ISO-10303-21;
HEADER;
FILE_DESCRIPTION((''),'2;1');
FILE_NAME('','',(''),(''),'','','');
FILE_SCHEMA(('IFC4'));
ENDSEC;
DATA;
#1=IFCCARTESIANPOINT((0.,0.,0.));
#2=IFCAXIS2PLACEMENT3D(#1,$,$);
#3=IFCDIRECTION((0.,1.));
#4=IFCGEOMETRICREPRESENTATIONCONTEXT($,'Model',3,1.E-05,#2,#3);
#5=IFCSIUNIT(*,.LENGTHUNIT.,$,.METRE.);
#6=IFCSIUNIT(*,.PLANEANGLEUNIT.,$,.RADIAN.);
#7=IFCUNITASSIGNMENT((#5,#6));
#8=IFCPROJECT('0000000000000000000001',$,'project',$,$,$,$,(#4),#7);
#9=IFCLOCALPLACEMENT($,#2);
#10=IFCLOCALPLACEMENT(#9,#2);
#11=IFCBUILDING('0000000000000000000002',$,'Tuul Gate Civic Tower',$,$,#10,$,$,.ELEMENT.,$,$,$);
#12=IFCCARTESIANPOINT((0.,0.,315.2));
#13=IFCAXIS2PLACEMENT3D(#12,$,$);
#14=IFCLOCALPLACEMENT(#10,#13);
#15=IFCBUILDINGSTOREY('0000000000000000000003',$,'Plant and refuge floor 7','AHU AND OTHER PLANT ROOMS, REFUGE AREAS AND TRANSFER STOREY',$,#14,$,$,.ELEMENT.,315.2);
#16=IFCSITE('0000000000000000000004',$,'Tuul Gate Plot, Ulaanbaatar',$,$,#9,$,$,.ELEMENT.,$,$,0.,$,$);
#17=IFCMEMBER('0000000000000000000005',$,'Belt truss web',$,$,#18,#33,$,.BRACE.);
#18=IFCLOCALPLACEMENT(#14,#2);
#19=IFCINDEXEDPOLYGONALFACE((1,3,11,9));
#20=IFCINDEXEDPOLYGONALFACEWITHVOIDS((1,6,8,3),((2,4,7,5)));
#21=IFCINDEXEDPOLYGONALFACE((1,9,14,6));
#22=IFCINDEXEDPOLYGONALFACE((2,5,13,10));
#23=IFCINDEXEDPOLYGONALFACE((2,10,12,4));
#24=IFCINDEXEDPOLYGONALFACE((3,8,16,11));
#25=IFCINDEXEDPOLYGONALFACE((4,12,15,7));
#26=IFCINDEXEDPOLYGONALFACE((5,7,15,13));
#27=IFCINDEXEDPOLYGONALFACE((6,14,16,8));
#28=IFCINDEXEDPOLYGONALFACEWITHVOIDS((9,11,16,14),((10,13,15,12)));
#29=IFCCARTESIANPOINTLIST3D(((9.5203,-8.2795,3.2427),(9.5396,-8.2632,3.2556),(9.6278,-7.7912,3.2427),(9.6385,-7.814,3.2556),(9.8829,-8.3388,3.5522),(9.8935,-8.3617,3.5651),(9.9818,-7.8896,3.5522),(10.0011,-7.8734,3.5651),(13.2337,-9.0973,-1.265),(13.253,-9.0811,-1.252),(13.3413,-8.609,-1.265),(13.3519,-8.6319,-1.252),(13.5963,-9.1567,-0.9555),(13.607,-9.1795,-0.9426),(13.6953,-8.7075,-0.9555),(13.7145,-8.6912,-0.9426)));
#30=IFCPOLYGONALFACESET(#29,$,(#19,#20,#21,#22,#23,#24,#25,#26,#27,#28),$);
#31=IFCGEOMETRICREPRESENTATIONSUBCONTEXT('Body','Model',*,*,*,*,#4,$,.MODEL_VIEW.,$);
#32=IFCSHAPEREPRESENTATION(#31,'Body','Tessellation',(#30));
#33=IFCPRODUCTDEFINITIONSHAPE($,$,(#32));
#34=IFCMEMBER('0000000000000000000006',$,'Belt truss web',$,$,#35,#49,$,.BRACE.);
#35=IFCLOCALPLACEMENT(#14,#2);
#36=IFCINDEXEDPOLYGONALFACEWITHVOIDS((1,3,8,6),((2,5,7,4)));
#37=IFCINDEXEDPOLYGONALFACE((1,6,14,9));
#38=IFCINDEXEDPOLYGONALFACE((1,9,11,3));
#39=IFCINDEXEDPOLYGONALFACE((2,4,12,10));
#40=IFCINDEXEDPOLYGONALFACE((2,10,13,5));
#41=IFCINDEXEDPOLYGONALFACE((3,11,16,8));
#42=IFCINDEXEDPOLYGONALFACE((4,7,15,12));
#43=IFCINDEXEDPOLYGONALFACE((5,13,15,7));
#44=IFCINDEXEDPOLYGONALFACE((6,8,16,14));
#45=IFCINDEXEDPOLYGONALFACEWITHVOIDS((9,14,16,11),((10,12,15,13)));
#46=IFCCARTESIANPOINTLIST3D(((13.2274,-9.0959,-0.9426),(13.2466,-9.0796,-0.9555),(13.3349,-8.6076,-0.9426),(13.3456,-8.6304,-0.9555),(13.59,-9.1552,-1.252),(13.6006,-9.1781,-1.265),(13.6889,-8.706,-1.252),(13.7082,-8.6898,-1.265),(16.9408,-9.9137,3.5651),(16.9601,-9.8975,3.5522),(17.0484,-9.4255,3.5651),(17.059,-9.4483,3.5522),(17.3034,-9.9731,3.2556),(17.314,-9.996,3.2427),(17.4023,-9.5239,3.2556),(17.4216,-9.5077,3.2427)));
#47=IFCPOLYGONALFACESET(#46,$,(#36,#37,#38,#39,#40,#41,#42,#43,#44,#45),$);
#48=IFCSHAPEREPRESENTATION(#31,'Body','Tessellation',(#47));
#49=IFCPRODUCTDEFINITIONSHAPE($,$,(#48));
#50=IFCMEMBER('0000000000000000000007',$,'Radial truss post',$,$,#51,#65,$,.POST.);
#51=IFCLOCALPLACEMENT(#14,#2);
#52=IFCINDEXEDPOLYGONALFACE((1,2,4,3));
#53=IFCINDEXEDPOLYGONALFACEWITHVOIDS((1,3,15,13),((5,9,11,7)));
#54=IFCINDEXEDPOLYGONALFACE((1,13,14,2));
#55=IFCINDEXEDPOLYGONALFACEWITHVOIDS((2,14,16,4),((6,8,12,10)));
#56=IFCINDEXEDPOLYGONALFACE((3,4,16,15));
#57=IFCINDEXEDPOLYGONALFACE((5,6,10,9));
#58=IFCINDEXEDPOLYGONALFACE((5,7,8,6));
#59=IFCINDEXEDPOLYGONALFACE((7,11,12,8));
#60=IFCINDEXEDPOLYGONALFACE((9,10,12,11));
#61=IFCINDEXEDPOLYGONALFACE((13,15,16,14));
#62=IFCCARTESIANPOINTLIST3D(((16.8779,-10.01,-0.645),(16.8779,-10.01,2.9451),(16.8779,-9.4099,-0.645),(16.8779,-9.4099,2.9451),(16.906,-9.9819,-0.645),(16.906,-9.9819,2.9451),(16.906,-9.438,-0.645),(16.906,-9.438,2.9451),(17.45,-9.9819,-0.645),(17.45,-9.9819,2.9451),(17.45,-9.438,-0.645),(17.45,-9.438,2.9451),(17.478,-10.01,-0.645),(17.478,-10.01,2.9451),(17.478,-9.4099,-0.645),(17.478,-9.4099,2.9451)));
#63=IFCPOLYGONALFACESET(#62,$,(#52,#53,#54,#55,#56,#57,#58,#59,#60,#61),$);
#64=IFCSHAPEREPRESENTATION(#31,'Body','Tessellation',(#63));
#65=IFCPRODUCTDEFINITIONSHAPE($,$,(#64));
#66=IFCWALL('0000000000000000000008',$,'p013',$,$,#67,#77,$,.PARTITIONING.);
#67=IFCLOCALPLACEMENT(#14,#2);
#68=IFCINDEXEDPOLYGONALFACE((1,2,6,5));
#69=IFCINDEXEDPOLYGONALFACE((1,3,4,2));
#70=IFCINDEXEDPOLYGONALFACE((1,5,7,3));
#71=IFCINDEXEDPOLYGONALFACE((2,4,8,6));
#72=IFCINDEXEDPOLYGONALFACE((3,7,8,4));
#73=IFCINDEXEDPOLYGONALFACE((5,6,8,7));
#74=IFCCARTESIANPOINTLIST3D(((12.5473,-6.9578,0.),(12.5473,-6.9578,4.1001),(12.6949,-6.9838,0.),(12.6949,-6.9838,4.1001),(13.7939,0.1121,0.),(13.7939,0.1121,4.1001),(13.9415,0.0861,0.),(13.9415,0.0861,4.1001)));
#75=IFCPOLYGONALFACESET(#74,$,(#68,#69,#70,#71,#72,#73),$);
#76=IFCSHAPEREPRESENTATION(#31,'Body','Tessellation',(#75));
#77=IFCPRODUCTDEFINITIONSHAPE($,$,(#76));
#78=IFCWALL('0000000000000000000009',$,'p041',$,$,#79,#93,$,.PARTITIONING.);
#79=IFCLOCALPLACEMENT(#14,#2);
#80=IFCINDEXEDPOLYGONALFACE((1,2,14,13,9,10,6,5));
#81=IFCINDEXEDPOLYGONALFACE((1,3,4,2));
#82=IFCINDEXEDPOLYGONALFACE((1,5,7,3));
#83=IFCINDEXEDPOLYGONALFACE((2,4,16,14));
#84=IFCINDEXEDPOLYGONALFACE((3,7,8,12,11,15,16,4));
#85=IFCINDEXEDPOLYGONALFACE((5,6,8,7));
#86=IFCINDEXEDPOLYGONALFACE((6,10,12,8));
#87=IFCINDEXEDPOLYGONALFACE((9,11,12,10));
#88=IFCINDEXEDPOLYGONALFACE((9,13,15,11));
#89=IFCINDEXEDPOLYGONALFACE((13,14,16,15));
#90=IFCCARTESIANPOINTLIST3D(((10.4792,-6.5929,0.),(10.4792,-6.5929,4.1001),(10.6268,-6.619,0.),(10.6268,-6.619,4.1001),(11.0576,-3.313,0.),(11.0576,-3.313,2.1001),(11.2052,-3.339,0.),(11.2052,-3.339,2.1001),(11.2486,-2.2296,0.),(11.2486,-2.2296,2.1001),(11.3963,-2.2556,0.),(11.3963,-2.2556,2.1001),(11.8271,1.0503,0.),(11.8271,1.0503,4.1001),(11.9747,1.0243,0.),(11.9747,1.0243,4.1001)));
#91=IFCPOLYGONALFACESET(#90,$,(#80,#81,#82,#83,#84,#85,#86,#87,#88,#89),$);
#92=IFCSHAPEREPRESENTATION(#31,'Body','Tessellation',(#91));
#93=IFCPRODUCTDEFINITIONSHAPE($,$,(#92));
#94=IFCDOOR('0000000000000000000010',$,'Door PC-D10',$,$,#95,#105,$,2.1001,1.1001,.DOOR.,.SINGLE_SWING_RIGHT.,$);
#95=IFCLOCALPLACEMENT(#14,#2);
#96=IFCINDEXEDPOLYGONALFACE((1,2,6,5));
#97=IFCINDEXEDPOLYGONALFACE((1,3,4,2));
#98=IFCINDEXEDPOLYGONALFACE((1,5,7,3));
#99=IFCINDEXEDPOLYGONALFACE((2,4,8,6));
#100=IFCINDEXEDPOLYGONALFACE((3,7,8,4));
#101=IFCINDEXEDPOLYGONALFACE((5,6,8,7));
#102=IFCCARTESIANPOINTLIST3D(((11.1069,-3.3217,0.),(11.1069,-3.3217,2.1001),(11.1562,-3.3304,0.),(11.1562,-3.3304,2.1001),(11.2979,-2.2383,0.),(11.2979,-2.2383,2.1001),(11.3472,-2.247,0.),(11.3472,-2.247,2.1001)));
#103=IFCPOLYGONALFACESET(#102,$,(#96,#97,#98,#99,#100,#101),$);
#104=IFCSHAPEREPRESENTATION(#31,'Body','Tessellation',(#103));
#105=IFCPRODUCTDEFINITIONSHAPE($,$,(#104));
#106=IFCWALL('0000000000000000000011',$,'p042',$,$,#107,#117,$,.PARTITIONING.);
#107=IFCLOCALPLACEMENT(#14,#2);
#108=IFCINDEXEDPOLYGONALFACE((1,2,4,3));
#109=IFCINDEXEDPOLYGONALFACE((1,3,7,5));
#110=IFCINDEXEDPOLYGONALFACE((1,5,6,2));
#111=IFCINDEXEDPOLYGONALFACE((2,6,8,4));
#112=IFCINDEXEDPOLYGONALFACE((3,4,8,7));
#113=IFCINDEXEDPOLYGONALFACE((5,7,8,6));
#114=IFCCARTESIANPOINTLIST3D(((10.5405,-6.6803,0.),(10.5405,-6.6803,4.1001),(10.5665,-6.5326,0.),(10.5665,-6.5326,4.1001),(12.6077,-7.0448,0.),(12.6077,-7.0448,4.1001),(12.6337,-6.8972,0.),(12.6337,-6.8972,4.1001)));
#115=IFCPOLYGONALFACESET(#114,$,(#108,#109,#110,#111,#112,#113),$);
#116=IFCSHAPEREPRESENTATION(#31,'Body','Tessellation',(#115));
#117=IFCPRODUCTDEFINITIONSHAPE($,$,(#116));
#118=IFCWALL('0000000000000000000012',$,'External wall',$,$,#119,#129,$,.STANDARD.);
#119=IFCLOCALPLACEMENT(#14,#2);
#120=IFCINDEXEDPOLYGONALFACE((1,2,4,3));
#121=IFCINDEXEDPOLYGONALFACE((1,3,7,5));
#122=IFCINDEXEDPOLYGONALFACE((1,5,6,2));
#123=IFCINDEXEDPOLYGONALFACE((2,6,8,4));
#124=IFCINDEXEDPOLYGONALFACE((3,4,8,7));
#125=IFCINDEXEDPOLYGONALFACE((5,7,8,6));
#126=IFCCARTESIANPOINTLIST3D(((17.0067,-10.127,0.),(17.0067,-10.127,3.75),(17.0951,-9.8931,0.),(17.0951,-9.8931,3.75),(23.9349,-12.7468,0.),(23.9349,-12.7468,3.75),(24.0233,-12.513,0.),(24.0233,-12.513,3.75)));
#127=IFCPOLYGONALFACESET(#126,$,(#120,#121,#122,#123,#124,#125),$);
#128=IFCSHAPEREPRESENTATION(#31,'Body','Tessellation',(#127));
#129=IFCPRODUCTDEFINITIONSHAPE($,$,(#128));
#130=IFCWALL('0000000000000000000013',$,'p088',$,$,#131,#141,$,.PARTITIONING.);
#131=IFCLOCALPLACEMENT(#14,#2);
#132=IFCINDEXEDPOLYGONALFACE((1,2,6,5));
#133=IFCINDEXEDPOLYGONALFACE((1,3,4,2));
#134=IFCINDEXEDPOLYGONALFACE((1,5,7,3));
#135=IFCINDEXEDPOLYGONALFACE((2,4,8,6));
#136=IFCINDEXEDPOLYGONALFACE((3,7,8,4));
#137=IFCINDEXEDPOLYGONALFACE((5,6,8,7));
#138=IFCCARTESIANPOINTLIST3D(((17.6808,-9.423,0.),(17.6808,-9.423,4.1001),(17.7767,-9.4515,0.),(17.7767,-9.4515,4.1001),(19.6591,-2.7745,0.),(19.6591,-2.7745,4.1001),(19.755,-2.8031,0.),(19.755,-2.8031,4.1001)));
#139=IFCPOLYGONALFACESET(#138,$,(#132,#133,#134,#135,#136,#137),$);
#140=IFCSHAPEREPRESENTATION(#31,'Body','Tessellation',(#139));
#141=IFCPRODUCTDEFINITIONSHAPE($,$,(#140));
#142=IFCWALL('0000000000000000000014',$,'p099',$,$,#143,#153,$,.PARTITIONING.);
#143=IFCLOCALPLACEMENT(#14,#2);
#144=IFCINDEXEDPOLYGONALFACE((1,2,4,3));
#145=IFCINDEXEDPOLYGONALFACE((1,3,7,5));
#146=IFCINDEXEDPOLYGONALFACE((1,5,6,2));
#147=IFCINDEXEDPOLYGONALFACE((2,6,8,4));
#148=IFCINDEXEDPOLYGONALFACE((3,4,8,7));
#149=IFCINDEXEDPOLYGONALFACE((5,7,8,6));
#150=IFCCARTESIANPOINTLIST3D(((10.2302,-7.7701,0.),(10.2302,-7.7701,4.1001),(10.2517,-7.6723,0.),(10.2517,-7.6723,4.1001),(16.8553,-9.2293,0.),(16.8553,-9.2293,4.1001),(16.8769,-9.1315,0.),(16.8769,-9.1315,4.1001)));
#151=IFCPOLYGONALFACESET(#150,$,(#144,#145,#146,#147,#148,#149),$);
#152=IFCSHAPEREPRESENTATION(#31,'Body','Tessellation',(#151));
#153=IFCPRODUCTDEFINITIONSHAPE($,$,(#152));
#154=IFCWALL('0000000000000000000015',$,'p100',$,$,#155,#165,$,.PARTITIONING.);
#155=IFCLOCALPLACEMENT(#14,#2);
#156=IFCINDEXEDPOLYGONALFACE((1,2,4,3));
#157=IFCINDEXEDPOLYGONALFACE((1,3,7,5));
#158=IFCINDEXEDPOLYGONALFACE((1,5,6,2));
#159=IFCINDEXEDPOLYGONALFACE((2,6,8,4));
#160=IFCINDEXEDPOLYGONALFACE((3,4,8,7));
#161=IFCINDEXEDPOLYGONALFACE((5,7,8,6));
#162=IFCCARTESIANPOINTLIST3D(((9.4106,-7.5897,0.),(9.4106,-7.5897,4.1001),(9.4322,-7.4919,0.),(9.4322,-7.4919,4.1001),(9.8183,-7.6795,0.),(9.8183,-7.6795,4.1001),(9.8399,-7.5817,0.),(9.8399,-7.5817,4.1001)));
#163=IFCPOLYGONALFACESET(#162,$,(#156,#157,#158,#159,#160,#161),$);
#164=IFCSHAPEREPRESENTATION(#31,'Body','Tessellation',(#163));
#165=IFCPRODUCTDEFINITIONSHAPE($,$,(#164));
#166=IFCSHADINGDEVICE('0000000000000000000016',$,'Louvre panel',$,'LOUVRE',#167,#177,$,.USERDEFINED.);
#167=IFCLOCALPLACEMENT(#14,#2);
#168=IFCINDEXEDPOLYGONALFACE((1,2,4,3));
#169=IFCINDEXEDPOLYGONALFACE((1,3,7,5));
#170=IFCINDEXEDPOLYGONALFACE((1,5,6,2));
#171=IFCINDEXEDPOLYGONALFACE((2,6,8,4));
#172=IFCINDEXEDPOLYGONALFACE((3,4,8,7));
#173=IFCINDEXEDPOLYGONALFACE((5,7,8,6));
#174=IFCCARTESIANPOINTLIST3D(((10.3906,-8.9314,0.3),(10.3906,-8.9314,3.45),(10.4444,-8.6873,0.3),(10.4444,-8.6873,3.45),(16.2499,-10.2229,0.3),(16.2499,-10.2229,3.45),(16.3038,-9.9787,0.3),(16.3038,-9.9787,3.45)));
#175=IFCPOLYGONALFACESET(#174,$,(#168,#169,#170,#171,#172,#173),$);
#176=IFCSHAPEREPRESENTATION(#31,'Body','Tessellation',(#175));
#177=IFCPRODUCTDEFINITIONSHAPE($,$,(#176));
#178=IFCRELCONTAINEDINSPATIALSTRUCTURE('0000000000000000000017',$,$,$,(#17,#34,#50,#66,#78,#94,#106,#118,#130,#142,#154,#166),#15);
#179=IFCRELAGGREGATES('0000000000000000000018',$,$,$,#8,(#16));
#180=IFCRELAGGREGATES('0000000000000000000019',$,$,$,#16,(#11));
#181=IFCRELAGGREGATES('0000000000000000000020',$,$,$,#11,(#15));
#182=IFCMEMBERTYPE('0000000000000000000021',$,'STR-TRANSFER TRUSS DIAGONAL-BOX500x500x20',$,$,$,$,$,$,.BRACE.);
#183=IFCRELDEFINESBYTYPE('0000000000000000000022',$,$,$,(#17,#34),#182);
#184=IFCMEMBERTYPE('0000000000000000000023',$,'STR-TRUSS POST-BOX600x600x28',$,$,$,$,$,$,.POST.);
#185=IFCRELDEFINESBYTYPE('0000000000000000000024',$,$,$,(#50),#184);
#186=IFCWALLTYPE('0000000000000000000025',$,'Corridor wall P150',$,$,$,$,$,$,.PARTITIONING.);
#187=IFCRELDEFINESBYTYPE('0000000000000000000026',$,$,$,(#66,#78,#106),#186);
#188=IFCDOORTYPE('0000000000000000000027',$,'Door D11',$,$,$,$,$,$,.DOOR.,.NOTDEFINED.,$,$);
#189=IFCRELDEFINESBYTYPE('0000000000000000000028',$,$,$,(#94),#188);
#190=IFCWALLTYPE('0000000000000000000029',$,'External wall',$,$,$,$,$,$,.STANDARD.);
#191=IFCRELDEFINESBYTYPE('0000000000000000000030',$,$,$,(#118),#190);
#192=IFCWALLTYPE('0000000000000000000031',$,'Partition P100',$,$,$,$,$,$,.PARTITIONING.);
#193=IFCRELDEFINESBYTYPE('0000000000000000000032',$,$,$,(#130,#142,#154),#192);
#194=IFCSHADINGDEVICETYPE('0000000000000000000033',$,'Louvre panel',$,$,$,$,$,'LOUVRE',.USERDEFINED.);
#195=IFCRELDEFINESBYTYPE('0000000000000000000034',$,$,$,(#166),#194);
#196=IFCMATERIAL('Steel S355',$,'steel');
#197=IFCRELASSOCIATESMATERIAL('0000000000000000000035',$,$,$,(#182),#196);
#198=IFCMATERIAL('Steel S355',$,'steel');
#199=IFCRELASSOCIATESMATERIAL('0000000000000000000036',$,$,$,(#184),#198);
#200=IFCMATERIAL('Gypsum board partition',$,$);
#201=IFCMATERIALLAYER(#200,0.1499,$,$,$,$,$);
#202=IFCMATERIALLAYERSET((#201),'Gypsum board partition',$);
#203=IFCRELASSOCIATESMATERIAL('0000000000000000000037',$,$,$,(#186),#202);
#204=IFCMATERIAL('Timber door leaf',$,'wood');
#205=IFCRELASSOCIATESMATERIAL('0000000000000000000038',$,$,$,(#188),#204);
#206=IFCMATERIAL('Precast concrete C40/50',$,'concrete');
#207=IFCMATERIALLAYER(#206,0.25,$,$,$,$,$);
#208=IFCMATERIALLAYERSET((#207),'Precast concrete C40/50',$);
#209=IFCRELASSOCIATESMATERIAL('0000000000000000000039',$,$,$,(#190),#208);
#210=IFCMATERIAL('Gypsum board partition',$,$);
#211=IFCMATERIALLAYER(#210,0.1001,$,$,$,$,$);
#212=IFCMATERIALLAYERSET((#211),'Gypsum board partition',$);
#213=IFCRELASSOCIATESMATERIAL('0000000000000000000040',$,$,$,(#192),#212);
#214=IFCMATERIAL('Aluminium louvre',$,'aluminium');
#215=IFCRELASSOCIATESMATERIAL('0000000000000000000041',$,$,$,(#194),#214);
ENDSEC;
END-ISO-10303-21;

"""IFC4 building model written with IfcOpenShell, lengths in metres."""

from ifc_helpers import new_model, si_unit, direction, frame, frame_2d, origin, origin_2d, place, context, subcontext, project, spatial, rectangle, hollow_rectangle, extrude, material, layer, layer_set, material_profile, profile_set, type_object, element, fill, save


model = new_model("IFC4")

# Units and contexts
model_context = context("Model", 3, precision=1e-05, world=origin(), true_north=direction((0.0, 1.0)))
body_context = subcontext(model_context, "Body", "Model", "MODEL_VIEW")
ifc_project = project(units=[si_unit("LENGTHUNIT", "METRE"), si_unit("PLANEANGLEUNIT", "RADIAN")], contexts=[model_context])

# Site, building, storey
site_placement = place(None, origin())
site = spatial("IfcSite", under=ifc_project, at=site_placement, Name="Tuul Gate Plot, Ulaanbaatar", CompositionType="ELEMENT", RefElevation=0.0)
building_placement = place(site_placement, origin())
building = spatial("IfcBuilding", under=site, at=building_placement, Name="Tuul Gate Civic Tower", CompositionType="ELEMENT")
storey_placement = place(building_placement, frame((0.0, 0.0, 315.2)))
storey = spatial("IfcBuildingStorey", under=building, at=storey_placement, Name="Plant and refuge floor 7", Description="AHU AND OTHER PLANT ROOMS, REFUGE AREAS AND TRANSFER STOREY", CompositionType="ELEMENT", Elevation=315.2)

# Members
ifc_material_1 = material(Name="Steel S355", Category="steel")
ifc_material_profile_1 = material_profile(ifc_material_1, hollow_rectangle(XDim=0.5, YDim=0.5, WallThickness=0.02, at=origin_2d()), Name="BOX500x500x20")
ifc_profile_set_1 = profile_set([ifc_material_profile_1], Name="Steel S355")
member_type_1 = type_object("IfcMemberType", Name="STR-TRANSFER TRUSS DIAGONAL-BOX500x500x20", PredefinedType="BRACE", material=ifc_profile_set_1)
for number, where, z_axis, x_axis, name in (
    (1, (13.4741, -8.8943, -1.1038), (-0.629691, 0.138689, 0.764365), (-0.215095, -0.976593, 0.0), "Belt truss web"),
    (2, (13.4678, -8.8928, -1.1038), (0.629691, -0.138689, 0.764365), (0.215095, 0.976593, 0.0), "Belt truss web"),
):
    element("IfcMember", number, at=place(storey_placement, frame(where, z_axis=z_axis, x_axis=x_axis)), inside=storey, type_object=member_type_1, Name=name, PredefinedType="BRACE", context=body_context, shape_type="SweptSolid", body=[
        extrude(hollow_rectangle(XDim=0.5, YDim=0.5, WallThickness=0.02, at=origin_2d()), origin(), (0.0, 0.0, 1.0), 5.8972),
    ])
ifc_material_2 = material(Name="Steel S355", Category="steel")
ifc_material_profile_2 = material_profile(ifc_material_2, hollow_rectangle(XDim=0.6001, YDim=0.6001, WallThickness=0.0281, at=origin_2d()), Name="BOX600x600x28")
ifc_profile_set_2 = profile_set([ifc_material_profile_2], Name="Steel S355")
member_type_2 = type_object("IfcMemberType", Name="STR-TRUSS POST-BOX600x600x28", PredefinedType="POST", material=ifc_profile_set_2)
member_1_placement = place(storey_placement, frame((17.178, -9.71, -0.645), z_axis=(0.0, 0.0, 1.0), x_axis=(1.0, 0.0, 0.0)))
element("IfcMember", 3, at=member_1_placement, inside=storey, type_object=member_type_2, Name="Radial truss post", PredefinedType="POST", context=body_context, shape_type="SweptSolid", body=[
    extrude(hollow_rectangle(XDim=0.6001, YDim=0.6001, WallThickness=0.0281, at=origin_2d()), origin(), (0.0, 0.0, 1.0), 3.5901),
])

# Wall
ifc_material_3 = material(Name="Gypsum board partition")
ifc_layer_1 = layer(ifc_material_3, 0.1499)
ifc_layer_set_1 = layer_set([ifc_layer_1], Name="Gypsum board partition")
wall_type_1 = type_object("IfcWallType", Name="Corridor wall P150", PredefinedType="PARTITIONING", material=ifc_layer_set_1)
wall_1_placement = place(storey_placement, frame((12.6211, -6.9707, 0.0), z_axis=(0.0, 0.0, 1.0), x_axis=(0.173646, 0.984808, 0.0)))
element("IfcWall", 4, at=wall_1_placement, inside=storey, type_object=wall_type_1, Name="p013", PredefinedType="PARTITIONING", context=body_context, shape_type="SweptSolid", body=[
    extrude(rectangle(XDim=7.179, YDim=0.1499, at=frame_2d((3.5894, 0.0))), origin(), (0.0, 0.0, 1.0), 4.1001),
])

# Wall, opening, door
wall_2_placement = place(storey_placement, frame((10.553, -6.606, 0.0), z_axis=(0.0, 0.0, 1.0), x_axis=(0.17367, 0.984804, 0.0)))
wall_2 = element("IfcWall", 5, at=wall_2_placement, inside=storey, type_object=wall_type_1, Name="p041", PredefinedType="PARTITIONING", context=body_context, shape_type="SweptSolid", body=[
    extrude(rectangle(XDim=7.7612, YDim=0.1499, at=frame_2d((3.8806, 0.0))), origin(), (0.0, 0.0, 1.0), 4.1001),
])
opening_placement = place(wall_2_placement, frame((3.3306, 0.0, 0.0)))
opening = element("IfcOpeningElement", 6, at=opening_placement, cuts=wall_2, PredefinedType="OPENING", context=body_context, shape_type="SweptSolid", body=[
    extrude(rectangle(XDim=1.1001, YDim=2.1001, at=frame_2d((0.55, 1.05))), frame((0.0, 0.085, 0.0), z_axis=(0.0, -1.0, 0.0), x_axis=(1.0, 0.0, 0.0)), (0.0, 0.0, 1.0), 0.1699),
])
ifc_material_4 = material(Name="Timber door leaf", Category="wood")
door_type = type_object("IfcDoorType", Name="Door D11", OperationType="NOTDEFINED", PredefinedType="DOOR", material=ifc_material_4)
door_placement = place(opening_placement, origin())
door = element("IfcDoor", 7, at=door_placement, inside=storey, type_object=door_type, Name="Door PC-D10", OperationType="SINGLE_SWING_RIGHT", OverallHeight=2.1001, OverallWidth=1.1001, PredefinedType="DOOR", context=body_context, shape_type="SweptSolid", body=[
    extrude(rectangle(XDim=1.1001, YDim=2.1001, at=frame_2d((0.55, 1.05))), frame((0.0, 0.0249, 0.0), z_axis=(0.0, -1.0, 0.0), x_axis=(1.0, 0.0, 0.0)), (0.0, 0.0, 1.0), 0.05),
])
fill(opening, door)

# Walls
wall_3_placement = place(storey_placement, frame((10.5535, -6.6064, 0.0), z_axis=(0.0, 0.0, 1.0), x_axis=(0.984807, -0.173653, 0.0)))
element("IfcWall", 8, at=wall_3_placement, inside=storey, type_object=wall_type_1, Name="p042", PredefinedType="PARTITIONING", context=body_context, shape_type="SweptSolid", body=[
    extrude(rectangle(XDim=2.0991, YDim=0.1499, at=frame_2d((1.0496, 0.0))), origin(), (0.0, 0.0, 1.0), 4.1001),
])
ifc_material_5 = material(Name="Precast concrete C40/50", Category="concrete")
ifc_layer_2 = layer(ifc_material_5, 0.25)
ifc_layer_set_2 = layer_set([ifc_layer_2], Name="Precast concrete C40/50")
wall_type_2 = type_object("IfcWallType", Name="External wall", PredefinedType="STANDARD", material=ifc_layer_set_2)
wall_4_placement = place(storey_placement, frame((17.0508, -10.01, 0.0), z_axis=(0.0, 0.0, 1.0), x_axis=(0.935358, -0.353701, 0.0)))
element("IfcWall", 9, at=wall_4_placement, inside=storey, type_object=wall_type_2, Name="External wall", PredefinedType="STANDARD", context=body_context, shape_type="SweptSolid", body=[
    extrude(rectangle(XDim=7.407, YDim=0.25, at=frame_2d((3.7036, 0.0))), origin(), (0.0, 0.0, 1.0), 3.75),
])
ifc_material_6 = material(Name="Gypsum board partition")
ifc_layer_3 = layer(ifc_material_6, 0.1001)
ifc_layer_set_3 = layer_set([ifc_layer_3], Name="Gypsum board partition")
wall_type_3 = type_object("IfcWallType", Name="Partition P100", PredefinedType="PARTITIONING", material=ifc_layer_set_3)
wall_5_placement = place(storey_placement, frame((17.7288, -9.4373, 0.0), z_axis=(0.0, 0.0, 1.0), x_axis=(0.285197, 0.958469, 0.0)))
element("IfcWall", 10, at=wall_5_placement, inside=storey, type_object=wall_type_3, Name="p088", PredefinedType="PARTITIONING", context=body_context, shape_type="SweptSolid", body=[
    extrude(rectangle(XDim=6.9365, YDim=0.1001, at=frame_2d((3.4683, 0.0))), origin(), (0.0, 0.0, 1.0), 4.1001),
])
wall_6_placement = place(storey_placement, frame((16.8662, -9.1804, 0.0), z_axis=(0.0, 0.0, 1.0), x_axis=(-0.976593, 0.215097, 0.0)))
element("IfcWall", 11, at=wall_6_placement, inside=storey, type_object=wall_type_3, Name="p099", PredefinedType="PARTITIONING", context=body_context, shape_type="SweptSolid", body=[
    extrude(rectangle(XDim=6.7839, YDim=0.1001, at=frame_2d((3.3921, 0.0))), origin(), (0.0, 0.0, 1.0), 4.1001),
])
wall_7_placement = place(storey_placement, frame((9.8291, -7.6306, 0.0), z_axis=(0.0, 0.0, 1.0), x_axis=(-0.976571, 0.215196, 0.0)))
element("IfcWall", 12, at=wall_7_placement, inside=storey, type_object=wall_type_3, Name="p100", PredefinedType="PARTITIONING", context=body_context, shape_type="SweptSolid", body=[
    extrude(rectangle(XDim=0.4175, YDim=0.1001, at=frame_2d((0.2087, 0.0))), origin(), (0.0, 0.0, 1.0), 4.1001),
])

# Shading device
ifc_material_7 = material(Name="Aluminium louvre", Category="aluminium")
shading_device_type = type_object("IfcShadingDeviceType", Name="Louvre panel", ElementType="LOUVRE", PredefinedType="USERDEFINED", material=ifc_material_7)
shading_device_placement = place(storey_placement, frame((13.3472, -9.4551, 0.3), z_axis=(0.0, 0.0, 1.0), x_axis=(-0.215242, -0.976561, 0.0)))
element("IfcShadingDevice", 13, at=shading_device_placement, inside=storey, type_object=shading_device_type, Name="Louvre panel", ObjectType="LOUVRE", PredefinedType="USERDEFINED", context=body_context, shape_type="SweptSolid", body=[
    extrude(rectangle(XDim=0.25, YDim=6.0, at=origin_2d()), origin(), (0.0, 0.0, 1.0), 3.1499),
])

save(model, "model.ifc")
